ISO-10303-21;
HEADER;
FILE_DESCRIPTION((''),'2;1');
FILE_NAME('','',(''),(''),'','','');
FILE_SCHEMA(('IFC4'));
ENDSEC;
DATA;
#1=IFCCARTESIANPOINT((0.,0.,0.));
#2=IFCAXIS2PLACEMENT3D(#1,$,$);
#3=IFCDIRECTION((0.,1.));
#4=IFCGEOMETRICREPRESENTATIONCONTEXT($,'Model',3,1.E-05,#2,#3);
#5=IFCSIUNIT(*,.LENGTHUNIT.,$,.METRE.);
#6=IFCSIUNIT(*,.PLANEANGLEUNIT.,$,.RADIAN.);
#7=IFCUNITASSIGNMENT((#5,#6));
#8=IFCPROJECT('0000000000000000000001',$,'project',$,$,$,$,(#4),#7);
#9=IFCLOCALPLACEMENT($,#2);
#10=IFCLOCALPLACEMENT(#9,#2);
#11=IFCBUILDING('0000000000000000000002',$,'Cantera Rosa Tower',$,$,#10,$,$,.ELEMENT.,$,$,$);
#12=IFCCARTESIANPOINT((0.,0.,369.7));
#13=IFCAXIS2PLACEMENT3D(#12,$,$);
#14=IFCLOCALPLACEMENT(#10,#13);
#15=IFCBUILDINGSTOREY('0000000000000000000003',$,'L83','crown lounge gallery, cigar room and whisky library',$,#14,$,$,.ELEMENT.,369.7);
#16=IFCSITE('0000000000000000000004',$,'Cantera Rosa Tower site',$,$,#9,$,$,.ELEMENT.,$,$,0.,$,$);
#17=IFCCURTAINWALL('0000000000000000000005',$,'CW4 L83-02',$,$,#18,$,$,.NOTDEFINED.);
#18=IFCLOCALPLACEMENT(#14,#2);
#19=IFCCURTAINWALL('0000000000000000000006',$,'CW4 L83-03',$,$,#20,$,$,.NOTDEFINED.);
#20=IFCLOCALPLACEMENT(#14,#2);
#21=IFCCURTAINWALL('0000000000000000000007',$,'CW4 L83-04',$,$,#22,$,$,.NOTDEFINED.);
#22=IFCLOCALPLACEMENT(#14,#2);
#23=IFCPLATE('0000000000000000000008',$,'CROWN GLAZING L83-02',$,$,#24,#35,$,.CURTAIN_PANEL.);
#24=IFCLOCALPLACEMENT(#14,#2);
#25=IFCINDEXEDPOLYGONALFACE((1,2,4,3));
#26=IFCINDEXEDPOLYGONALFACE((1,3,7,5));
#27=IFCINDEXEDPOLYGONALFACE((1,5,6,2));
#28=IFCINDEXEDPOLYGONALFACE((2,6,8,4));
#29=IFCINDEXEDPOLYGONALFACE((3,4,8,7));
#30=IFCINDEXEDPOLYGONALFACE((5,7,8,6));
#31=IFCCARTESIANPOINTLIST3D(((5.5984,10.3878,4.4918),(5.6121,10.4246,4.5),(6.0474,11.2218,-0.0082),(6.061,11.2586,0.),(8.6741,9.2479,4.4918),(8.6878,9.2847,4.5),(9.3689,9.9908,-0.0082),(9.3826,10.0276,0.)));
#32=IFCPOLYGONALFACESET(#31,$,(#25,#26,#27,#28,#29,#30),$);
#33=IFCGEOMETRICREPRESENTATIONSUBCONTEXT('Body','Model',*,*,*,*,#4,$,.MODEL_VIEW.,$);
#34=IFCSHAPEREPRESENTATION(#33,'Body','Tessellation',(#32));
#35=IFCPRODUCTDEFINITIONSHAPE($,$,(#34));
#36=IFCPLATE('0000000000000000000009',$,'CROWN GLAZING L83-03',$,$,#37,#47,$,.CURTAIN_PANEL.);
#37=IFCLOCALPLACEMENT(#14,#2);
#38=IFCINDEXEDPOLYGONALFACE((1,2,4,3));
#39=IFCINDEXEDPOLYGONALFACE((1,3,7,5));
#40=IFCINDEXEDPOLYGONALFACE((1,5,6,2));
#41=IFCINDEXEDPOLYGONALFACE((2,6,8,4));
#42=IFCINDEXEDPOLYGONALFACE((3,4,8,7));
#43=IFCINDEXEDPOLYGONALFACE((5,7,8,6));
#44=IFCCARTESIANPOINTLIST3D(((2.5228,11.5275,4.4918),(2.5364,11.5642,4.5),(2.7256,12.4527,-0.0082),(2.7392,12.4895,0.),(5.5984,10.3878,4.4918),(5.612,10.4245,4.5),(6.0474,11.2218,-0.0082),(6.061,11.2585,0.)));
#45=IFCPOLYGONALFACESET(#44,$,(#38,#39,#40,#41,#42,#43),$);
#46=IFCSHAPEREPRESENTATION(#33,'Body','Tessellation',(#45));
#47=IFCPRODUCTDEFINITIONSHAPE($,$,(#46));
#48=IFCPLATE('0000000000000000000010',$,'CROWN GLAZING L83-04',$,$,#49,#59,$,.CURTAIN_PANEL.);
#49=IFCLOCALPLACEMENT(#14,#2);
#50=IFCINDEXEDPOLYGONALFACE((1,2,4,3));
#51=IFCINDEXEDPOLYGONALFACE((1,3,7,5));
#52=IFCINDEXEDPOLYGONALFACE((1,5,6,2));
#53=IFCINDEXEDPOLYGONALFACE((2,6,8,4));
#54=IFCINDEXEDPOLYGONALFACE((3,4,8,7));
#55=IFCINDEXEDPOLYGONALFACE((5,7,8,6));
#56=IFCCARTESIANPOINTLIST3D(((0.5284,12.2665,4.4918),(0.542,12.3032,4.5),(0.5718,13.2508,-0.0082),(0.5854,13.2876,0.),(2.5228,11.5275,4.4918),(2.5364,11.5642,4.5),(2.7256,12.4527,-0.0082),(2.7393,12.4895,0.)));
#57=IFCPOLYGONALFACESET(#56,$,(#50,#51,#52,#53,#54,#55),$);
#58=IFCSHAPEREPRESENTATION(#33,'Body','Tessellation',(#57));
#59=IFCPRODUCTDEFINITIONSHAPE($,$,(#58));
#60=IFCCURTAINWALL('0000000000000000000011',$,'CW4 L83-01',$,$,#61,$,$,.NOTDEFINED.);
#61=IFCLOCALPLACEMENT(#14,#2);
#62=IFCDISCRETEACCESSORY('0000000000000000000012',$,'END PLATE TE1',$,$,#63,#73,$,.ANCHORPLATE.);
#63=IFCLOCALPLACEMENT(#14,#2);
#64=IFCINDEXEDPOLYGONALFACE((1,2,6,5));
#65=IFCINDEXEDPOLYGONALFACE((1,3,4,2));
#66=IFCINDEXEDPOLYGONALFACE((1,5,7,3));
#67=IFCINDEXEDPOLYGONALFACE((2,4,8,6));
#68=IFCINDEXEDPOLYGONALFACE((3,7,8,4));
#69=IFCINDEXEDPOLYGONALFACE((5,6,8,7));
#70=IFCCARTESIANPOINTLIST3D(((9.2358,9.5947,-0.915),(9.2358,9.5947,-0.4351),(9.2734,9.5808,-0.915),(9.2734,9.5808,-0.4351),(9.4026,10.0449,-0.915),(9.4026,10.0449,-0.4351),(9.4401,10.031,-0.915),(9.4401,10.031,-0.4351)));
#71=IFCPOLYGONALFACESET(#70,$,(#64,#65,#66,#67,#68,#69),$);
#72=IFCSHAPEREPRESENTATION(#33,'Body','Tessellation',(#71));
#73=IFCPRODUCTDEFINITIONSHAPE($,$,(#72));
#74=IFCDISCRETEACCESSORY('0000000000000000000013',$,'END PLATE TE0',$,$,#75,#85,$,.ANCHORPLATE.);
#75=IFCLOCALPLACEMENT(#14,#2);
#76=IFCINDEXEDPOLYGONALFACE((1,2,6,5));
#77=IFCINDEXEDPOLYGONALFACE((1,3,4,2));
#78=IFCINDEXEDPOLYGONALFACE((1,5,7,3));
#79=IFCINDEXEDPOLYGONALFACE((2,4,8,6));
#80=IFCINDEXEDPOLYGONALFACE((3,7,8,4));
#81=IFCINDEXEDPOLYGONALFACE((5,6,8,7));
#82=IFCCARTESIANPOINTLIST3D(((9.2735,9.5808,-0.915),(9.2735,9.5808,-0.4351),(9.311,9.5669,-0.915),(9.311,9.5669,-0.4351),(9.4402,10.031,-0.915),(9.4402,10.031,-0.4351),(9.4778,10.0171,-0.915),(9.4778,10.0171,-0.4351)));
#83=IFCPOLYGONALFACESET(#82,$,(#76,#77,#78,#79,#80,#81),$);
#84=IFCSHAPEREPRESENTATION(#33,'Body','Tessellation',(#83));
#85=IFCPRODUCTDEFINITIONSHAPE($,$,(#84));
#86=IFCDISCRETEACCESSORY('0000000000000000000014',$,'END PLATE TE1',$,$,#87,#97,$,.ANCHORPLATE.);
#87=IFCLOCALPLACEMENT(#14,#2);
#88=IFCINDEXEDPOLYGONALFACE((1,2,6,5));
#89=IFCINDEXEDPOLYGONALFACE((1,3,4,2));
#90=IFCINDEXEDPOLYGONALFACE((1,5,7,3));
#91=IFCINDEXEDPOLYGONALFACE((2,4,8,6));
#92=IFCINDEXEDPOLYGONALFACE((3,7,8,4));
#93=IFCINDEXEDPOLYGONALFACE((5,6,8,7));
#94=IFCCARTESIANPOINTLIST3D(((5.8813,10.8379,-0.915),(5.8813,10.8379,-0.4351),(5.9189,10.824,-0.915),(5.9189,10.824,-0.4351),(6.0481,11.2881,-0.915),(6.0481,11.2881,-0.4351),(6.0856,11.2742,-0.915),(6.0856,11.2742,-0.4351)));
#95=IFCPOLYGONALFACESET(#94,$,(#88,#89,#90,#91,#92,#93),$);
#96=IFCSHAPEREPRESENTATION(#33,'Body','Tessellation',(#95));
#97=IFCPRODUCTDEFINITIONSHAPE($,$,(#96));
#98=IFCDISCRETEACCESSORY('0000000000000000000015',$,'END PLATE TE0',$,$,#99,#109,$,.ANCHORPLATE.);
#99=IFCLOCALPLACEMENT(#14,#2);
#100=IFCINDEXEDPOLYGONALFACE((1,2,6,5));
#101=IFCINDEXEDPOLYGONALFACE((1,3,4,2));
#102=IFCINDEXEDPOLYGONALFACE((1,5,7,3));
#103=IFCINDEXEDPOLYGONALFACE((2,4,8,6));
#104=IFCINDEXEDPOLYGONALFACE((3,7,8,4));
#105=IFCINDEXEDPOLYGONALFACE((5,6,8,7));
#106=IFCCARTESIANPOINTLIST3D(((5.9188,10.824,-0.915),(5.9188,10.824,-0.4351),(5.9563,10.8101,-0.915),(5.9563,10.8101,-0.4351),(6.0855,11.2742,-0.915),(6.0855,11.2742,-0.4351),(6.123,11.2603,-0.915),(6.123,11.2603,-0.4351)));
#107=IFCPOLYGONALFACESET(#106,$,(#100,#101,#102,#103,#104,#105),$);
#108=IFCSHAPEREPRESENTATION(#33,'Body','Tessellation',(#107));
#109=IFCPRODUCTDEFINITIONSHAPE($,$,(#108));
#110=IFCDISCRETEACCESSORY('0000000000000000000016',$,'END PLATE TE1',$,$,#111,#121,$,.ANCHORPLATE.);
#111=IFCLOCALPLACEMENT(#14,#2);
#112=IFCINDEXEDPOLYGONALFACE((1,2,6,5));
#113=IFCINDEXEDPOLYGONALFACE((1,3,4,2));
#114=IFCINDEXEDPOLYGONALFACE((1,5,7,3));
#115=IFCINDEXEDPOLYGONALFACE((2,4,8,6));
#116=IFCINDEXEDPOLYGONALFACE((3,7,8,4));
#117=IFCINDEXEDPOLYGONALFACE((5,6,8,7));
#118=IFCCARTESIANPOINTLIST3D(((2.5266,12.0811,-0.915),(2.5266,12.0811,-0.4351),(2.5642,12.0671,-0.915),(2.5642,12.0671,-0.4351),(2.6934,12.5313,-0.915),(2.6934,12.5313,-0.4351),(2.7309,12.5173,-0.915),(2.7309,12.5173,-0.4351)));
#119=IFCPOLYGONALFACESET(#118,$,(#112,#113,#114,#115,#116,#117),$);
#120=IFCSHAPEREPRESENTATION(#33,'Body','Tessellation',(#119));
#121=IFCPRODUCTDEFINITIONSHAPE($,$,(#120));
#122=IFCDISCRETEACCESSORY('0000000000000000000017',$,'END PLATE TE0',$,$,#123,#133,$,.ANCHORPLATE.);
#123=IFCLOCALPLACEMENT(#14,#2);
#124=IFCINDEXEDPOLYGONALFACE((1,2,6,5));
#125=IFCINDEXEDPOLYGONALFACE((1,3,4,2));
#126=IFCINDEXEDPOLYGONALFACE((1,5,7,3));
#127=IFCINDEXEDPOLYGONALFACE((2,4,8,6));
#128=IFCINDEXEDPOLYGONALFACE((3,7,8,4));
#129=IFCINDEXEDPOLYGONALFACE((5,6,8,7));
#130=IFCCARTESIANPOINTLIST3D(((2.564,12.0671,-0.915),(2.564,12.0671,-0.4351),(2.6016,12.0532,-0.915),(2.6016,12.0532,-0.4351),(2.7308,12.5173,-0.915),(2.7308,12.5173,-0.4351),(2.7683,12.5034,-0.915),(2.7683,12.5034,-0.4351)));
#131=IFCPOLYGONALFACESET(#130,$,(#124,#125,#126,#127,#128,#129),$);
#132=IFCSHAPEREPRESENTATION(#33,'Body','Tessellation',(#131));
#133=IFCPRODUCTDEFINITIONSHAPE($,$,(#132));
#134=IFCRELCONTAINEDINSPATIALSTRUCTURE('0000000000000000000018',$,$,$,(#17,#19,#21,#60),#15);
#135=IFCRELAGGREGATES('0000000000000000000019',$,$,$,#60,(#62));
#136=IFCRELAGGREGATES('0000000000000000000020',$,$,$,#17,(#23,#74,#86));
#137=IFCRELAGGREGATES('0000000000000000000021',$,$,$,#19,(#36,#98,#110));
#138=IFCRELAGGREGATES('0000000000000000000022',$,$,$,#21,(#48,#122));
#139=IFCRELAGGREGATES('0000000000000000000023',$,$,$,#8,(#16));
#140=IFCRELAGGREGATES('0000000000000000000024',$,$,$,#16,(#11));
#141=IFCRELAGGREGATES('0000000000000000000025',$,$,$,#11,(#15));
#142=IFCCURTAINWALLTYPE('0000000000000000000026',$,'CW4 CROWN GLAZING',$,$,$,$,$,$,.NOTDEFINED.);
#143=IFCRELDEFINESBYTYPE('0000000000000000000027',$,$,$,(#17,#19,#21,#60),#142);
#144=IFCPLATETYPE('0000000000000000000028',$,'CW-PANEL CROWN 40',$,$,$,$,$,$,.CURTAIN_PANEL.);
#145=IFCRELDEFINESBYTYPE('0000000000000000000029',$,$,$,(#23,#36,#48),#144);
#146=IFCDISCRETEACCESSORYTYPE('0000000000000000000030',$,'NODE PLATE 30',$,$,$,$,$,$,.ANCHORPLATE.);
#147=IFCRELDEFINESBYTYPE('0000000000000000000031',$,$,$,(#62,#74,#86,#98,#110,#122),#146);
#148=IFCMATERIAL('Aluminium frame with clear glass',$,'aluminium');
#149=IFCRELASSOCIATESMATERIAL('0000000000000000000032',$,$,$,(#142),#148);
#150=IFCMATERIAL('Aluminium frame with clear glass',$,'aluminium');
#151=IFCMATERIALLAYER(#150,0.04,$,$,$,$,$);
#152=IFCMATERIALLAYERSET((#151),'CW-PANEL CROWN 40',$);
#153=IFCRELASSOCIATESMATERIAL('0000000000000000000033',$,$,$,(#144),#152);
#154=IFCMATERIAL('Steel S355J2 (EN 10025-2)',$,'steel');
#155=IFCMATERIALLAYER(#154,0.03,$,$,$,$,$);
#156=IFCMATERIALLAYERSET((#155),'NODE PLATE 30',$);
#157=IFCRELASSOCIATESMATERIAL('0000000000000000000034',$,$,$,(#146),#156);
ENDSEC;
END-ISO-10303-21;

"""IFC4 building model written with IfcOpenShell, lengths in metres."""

from ifc_helpers import new_model, si_unit, direction, frame, origin, place, context, subcontext, project, spatial, polyline, outline, extrude, material, layer, layer_set, type_object, element, aggregate, save


model = new_model("IFC4")

# Units and contexts
model_context = context("Model", 3, precision=1e-05, world=origin(), true_north=direction((0.0, 1.0)))
body_context = subcontext(model_context, "Body", "Model", "MODEL_VIEW")
ifc_project = project(units=[si_unit("LENGTHUNIT", "METRE"), si_unit("PLANEANGLEUNIT", "RADIAN")], contexts=[model_context])

# Site, building, storey
site_placement = place(None, origin())
site = spatial("IfcSite", under=ifc_project, at=site_placement, Name="Cantera Rosa Tower site", CompositionType="ELEMENT", RefElevation=0.0)
building_placement = place(site_placement, origin())
building = spatial("IfcBuilding", under=site, at=building_placement, Name="Cantera Rosa Tower", CompositionType="ELEMENT")
storey_placement = place(building_placement, frame((0.0, 0.0, 369.7)))
storey = spatial("IfcBuildingStorey", under=building, at=storey_placement, Name="L83", Description="crown lounge gallery, cigar room and whisky library", CompositionType="ELEMENT", Elevation=369.7)

# Curtain walls
ifc_material_1 = material(Name="Aluminium frame with clear glass", Category="aluminium")
curtain_wall_type = type_object("IfcCurtainWallType", Name="CW4 CROWN GLAZING", PredefinedType="NOTDEFINED", material=ifc_material_1)
curtain_wall_1_placement = place(storey_placement, origin())
curtain_wall_1 = element("IfcCurtainWall", 1, at=curtain_wall_1_placement, inside=storey, type_object=curtain_wall_type, Name="CW4 L83-02", PredefinedType="NOTDEFINED")
curtain_wall_2_placement = place(storey_placement, origin())
curtain_wall_2 = element("IfcCurtainWall", 2, at=curtain_wall_2_placement, inside=storey, type_object=curtain_wall_type, Name="CW4 L83-03", PredefinedType="NOTDEFINED")
curtain_wall_3_placement = place(storey_placement, origin())
curtain_wall_3 = element("IfcCurtainWall", 3, at=curtain_wall_3_placement, inside=storey, type_object=curtain_wall_type, Name="CW4 L83-04", PredefinedType="NOTDEFINED")

# Plates
ifc_material_2 = material(Name="Aluminium frame with clear glass", Category="aluminium")
ifc_layer_1 = layer(ifc_material_2, 0.04)
ifc_layer_set_1 = layer_set([ifc_layer_1], Name="CW-PANEL CROWN 40")
plate_type = type_object("IfcPlateType", Name="CW-PANEL CROWN 40", PredefinedType="CURTAIN_PANEL", material=ifc_layer_set_1)
plate_1_placement = place(storey_placement, frame((9.3826, 10.0276, 0.0), z_axis=(0.340196, 0.917945, 0.20407), x_axis=(-0.937677, 0.347509, 0.000001)))
plate_1 = element("IfcPlate", 4, at=plate_1_placement, type_object=plate_type, Name="CROWN GLAZING L83-02", PredefinedType="CURTAIN_PANEL", context=body_context, shape_type="SweptSolid", body=[
    extrude(outline(polyline([(0.0, 0.0), (3.5423, 0.0), (3.6735, 4.5967), (0.3934, 4.5967), (0.0, 0.0)])), origin(), (0.0, 0.0, -1.0), 0.04),
])
plate_2_placement = place(storey_placement, frame((6.061, 11.2585, 0.0), z_axis=(0.340154, 0.917959, 0.204075), x_axis=(-0.937692, 0.347466, -0.000003)))
plate_2 = element("IfcPlate", 5, at=plate_2_placement, type_object=plate_type, Name="CROWN GLAZING L83-03", PredefinedType="CURTAIN_PANEL", context=body_context, shape_type="SweptSolid", body=[
    extrude(outline(polyline([(0.0, 0.0), (3.5425, 0.0), (3.4112, 4.5967), (0.1312, 4.5967), (0.0, 0.0)])), origin(), (0.0, 0.0, -1.0), 0.04),
])
plate_3_placement = place(storey_placement, frame((2.7393, 12.4895, 0.0), z_axis=(0.340149, 0.917958, 0.204087), x_axis=(-0.937694, 0.347462, 0.0)))
plate_3 = element("IfcPlate", 6, at=plate_3_placement, type_object=plate_type, Name="CROWN GLAZING L83-04", PredefinedType="CURTAIN_PANEL", context=body_context, shape_type="SweptSolid", body=[
    extrude(outline(polyline([(0.0, 0.0), (2.2969, 0.0), (1.9956, 4.5967), (-0.1313, 4.5967), (0.0, 0.0)])), origin(), (0.0, 0.0, -1.0), 0.04),
])

# Curtain wall, discrete accessory
curtain_wall_4_placement = place(storey_placement, origin())
curtain_wall_4 = element("IfcCurtainWall", 7, at=curtain_wall_4_placement, inside=storey, type_object=curtain_wall_type, Name="CW4 L83-01", PredefinedType="NOTDEFINED")
ifc_material_3 = material(Name="Steel S355J2 (EN 10025-2)", Category="steel")
ifc_layer_2 = layer(ifc_material_3, 0.03)
ifc_layer_set_2 = layer_set([ifc_layer_2], Name="NODE PLATE 30")
discrete_accessory_type = type_object("IfcDiscreteAccessoryType", Name="NODE PLATE 30", PredefinedType="ANCHORPLATE", material=ifc_layer_set_2)
discrete_accessory_1_placement = place(storey_placement, frame((9.2358, 9.5947, -0.4351), z_axis=(-0.937743, 0.347331, 0.0), x_axis=(0.347331, 0.937743, 0.0)))
discrete_accessory_1 = element("IfcDiscreteAccessory", 8, at=discrete_accessory_1_placement, type_object=discrete_accessory_type, Name="END PLATE TE1", PredefinedType="ANCHORPLATE", context=body_context, shape_type="SweptSolid", body=[
    extrude(outline(polyline([(0.0, 0.0), (0.4801, 0.0), (0.4801, 0.48), (0.0, 0.48), (0.0, 0.0)])), origin(), (0.0, 0.0, -1.0), 0.04),
])
aggregate(curtain_wall_4, [discrete_accessory_1])

# Discrete accessories
discrete_accessory_2_placement = place(storey_placement, frame((9.4778, 10.0171, -0.4351), z_axis=(0.937743, -0.347331, 0.0), x_axis=(-0.347331, -0.937743, 0.0)))
discrete_accessory_2 = element("IfcDiscreteAccessory", 9, at=discrete_accessory_2_placement, type_object=discrete_accessory_type, Name="END PLATE TE0", PredefinedType="ANCHORPLATE", context=body_context, shape_type="SweptSolid", body=[
    extrude(outline(polyline([(0.0, 0.0), (0.4801, 0.0), (0.4801, 0.48), (0.0, 0.48), (0.0, 0.0)])), origin(), (0.0, 0.0, -1.0), 0.04),
])
discrete_accessory_3_placement = place(storey_placement, frame((5.8813, 10.8379, -0.4351), z_axis=(-0.937743, 0.347331, 0.0), x_axis=(0.347331, 0.937743, 0.0)))
discrete_accessory_3 = element("IfcDiscreteAccessory", 10, at=discrete_accessory_3_placement, type_object=discrete_accessory_type, Name="END PLATE TE1", PredefinedType="ANCHORPLATE", context=body_context, shape_type="SweptSolid", body=[
    extrude(outline(polyline([(0.0, 0.0), (0.4801, 0.0), (0.4801, 0.48), (0.0, 0.48), (0.0, 0.0)])), origin(), (0.0, 0.0, -1.0), 0.04),
])
aggregate(curtain_wall_1, [plate_1, discrete_accessory_2, discrete_accessory_3])
discrete_accessory_4_placement = place(storey_placement, frame((6.123, 11.2603, -0.4351), z_axis=(0.937743, -0.347331, 0.0), x_axis=(-0.347331, -0.937743, 0.0)))
discrete_accessory_4 = element("IfcDiscreteAccessory", 11, at=discrete_accessory_4_placement, type_object=discrete_accessory_type, Name="END PLATE TE0", PredefinedType="ANCHORPLATE", context=body_context, shape_type="SweptSolid", body=[
    extrude(outline(polyline([(0.0, 0.0), (0.4801, 0.0), (0.4801, 0.48), (0.0, 0.48), (0.0, 0.0)])), origin(), (0.0, 0.0, -1.0), 0.04),
])
discrete_accessory_5_placement = place(storey_placement, frame((2.5266, 12.0811, -0.4351), z_axis=(-0.937743, 0.347331, 0.0), x_axis=(0.347331, 0.937743, 0.0)))
discrete_accessory_5 = element("IfcDiscreteAccessory", 12, at=discrete_accessory_5_placement, type_object=discrete_accessory_type, Name="END PLATE TE1", PredefinedType="ANCHORPLATE", context=body_context, shape_type="SweptSolid", body=[
    extrude(outline(polyline([(0.0, 0.0), (0.4801, 0.0), (0.4801, 0.48), (0.0, 0.48), (0.0, 0.0)])), origin(), (0.0, 0.0, -1.0), 0.04),
])
aggregate(curtain_wall_2, [plate_2, discrete_accessory_4, discrete_accessory_5])
discrete_accessory_6_placement = place(storey_placement, frame((2.7683, 12.5034, -0.4351), z_axis=(0.937743, -0.347331, 0.0), x_axis=(-0.347331, -0.937743, 0.0)))
discrete_accessory_6 = element("IfcDiscreteAccessory", 13, at=discrete_accessory_6_placement, type_object=discrete_accessory_type, Name="END PLATE TE0", PredefinedType="ANCHORPLATE", context=body_context, shape_type="SweptSolid", body=[
    extrude(outline(polyline([(0.0, 0.0), (0.4801, 0.0), (0.4801, 0.48), (0.0, 0.48), (0.0, 0.0)])), origin(), (0.0, 0.0, -1.0), 0.04),
])
aggregate(curtain_wall_3, [plate_3, discrete_accessory_6])

save(model, "model.ifc")
